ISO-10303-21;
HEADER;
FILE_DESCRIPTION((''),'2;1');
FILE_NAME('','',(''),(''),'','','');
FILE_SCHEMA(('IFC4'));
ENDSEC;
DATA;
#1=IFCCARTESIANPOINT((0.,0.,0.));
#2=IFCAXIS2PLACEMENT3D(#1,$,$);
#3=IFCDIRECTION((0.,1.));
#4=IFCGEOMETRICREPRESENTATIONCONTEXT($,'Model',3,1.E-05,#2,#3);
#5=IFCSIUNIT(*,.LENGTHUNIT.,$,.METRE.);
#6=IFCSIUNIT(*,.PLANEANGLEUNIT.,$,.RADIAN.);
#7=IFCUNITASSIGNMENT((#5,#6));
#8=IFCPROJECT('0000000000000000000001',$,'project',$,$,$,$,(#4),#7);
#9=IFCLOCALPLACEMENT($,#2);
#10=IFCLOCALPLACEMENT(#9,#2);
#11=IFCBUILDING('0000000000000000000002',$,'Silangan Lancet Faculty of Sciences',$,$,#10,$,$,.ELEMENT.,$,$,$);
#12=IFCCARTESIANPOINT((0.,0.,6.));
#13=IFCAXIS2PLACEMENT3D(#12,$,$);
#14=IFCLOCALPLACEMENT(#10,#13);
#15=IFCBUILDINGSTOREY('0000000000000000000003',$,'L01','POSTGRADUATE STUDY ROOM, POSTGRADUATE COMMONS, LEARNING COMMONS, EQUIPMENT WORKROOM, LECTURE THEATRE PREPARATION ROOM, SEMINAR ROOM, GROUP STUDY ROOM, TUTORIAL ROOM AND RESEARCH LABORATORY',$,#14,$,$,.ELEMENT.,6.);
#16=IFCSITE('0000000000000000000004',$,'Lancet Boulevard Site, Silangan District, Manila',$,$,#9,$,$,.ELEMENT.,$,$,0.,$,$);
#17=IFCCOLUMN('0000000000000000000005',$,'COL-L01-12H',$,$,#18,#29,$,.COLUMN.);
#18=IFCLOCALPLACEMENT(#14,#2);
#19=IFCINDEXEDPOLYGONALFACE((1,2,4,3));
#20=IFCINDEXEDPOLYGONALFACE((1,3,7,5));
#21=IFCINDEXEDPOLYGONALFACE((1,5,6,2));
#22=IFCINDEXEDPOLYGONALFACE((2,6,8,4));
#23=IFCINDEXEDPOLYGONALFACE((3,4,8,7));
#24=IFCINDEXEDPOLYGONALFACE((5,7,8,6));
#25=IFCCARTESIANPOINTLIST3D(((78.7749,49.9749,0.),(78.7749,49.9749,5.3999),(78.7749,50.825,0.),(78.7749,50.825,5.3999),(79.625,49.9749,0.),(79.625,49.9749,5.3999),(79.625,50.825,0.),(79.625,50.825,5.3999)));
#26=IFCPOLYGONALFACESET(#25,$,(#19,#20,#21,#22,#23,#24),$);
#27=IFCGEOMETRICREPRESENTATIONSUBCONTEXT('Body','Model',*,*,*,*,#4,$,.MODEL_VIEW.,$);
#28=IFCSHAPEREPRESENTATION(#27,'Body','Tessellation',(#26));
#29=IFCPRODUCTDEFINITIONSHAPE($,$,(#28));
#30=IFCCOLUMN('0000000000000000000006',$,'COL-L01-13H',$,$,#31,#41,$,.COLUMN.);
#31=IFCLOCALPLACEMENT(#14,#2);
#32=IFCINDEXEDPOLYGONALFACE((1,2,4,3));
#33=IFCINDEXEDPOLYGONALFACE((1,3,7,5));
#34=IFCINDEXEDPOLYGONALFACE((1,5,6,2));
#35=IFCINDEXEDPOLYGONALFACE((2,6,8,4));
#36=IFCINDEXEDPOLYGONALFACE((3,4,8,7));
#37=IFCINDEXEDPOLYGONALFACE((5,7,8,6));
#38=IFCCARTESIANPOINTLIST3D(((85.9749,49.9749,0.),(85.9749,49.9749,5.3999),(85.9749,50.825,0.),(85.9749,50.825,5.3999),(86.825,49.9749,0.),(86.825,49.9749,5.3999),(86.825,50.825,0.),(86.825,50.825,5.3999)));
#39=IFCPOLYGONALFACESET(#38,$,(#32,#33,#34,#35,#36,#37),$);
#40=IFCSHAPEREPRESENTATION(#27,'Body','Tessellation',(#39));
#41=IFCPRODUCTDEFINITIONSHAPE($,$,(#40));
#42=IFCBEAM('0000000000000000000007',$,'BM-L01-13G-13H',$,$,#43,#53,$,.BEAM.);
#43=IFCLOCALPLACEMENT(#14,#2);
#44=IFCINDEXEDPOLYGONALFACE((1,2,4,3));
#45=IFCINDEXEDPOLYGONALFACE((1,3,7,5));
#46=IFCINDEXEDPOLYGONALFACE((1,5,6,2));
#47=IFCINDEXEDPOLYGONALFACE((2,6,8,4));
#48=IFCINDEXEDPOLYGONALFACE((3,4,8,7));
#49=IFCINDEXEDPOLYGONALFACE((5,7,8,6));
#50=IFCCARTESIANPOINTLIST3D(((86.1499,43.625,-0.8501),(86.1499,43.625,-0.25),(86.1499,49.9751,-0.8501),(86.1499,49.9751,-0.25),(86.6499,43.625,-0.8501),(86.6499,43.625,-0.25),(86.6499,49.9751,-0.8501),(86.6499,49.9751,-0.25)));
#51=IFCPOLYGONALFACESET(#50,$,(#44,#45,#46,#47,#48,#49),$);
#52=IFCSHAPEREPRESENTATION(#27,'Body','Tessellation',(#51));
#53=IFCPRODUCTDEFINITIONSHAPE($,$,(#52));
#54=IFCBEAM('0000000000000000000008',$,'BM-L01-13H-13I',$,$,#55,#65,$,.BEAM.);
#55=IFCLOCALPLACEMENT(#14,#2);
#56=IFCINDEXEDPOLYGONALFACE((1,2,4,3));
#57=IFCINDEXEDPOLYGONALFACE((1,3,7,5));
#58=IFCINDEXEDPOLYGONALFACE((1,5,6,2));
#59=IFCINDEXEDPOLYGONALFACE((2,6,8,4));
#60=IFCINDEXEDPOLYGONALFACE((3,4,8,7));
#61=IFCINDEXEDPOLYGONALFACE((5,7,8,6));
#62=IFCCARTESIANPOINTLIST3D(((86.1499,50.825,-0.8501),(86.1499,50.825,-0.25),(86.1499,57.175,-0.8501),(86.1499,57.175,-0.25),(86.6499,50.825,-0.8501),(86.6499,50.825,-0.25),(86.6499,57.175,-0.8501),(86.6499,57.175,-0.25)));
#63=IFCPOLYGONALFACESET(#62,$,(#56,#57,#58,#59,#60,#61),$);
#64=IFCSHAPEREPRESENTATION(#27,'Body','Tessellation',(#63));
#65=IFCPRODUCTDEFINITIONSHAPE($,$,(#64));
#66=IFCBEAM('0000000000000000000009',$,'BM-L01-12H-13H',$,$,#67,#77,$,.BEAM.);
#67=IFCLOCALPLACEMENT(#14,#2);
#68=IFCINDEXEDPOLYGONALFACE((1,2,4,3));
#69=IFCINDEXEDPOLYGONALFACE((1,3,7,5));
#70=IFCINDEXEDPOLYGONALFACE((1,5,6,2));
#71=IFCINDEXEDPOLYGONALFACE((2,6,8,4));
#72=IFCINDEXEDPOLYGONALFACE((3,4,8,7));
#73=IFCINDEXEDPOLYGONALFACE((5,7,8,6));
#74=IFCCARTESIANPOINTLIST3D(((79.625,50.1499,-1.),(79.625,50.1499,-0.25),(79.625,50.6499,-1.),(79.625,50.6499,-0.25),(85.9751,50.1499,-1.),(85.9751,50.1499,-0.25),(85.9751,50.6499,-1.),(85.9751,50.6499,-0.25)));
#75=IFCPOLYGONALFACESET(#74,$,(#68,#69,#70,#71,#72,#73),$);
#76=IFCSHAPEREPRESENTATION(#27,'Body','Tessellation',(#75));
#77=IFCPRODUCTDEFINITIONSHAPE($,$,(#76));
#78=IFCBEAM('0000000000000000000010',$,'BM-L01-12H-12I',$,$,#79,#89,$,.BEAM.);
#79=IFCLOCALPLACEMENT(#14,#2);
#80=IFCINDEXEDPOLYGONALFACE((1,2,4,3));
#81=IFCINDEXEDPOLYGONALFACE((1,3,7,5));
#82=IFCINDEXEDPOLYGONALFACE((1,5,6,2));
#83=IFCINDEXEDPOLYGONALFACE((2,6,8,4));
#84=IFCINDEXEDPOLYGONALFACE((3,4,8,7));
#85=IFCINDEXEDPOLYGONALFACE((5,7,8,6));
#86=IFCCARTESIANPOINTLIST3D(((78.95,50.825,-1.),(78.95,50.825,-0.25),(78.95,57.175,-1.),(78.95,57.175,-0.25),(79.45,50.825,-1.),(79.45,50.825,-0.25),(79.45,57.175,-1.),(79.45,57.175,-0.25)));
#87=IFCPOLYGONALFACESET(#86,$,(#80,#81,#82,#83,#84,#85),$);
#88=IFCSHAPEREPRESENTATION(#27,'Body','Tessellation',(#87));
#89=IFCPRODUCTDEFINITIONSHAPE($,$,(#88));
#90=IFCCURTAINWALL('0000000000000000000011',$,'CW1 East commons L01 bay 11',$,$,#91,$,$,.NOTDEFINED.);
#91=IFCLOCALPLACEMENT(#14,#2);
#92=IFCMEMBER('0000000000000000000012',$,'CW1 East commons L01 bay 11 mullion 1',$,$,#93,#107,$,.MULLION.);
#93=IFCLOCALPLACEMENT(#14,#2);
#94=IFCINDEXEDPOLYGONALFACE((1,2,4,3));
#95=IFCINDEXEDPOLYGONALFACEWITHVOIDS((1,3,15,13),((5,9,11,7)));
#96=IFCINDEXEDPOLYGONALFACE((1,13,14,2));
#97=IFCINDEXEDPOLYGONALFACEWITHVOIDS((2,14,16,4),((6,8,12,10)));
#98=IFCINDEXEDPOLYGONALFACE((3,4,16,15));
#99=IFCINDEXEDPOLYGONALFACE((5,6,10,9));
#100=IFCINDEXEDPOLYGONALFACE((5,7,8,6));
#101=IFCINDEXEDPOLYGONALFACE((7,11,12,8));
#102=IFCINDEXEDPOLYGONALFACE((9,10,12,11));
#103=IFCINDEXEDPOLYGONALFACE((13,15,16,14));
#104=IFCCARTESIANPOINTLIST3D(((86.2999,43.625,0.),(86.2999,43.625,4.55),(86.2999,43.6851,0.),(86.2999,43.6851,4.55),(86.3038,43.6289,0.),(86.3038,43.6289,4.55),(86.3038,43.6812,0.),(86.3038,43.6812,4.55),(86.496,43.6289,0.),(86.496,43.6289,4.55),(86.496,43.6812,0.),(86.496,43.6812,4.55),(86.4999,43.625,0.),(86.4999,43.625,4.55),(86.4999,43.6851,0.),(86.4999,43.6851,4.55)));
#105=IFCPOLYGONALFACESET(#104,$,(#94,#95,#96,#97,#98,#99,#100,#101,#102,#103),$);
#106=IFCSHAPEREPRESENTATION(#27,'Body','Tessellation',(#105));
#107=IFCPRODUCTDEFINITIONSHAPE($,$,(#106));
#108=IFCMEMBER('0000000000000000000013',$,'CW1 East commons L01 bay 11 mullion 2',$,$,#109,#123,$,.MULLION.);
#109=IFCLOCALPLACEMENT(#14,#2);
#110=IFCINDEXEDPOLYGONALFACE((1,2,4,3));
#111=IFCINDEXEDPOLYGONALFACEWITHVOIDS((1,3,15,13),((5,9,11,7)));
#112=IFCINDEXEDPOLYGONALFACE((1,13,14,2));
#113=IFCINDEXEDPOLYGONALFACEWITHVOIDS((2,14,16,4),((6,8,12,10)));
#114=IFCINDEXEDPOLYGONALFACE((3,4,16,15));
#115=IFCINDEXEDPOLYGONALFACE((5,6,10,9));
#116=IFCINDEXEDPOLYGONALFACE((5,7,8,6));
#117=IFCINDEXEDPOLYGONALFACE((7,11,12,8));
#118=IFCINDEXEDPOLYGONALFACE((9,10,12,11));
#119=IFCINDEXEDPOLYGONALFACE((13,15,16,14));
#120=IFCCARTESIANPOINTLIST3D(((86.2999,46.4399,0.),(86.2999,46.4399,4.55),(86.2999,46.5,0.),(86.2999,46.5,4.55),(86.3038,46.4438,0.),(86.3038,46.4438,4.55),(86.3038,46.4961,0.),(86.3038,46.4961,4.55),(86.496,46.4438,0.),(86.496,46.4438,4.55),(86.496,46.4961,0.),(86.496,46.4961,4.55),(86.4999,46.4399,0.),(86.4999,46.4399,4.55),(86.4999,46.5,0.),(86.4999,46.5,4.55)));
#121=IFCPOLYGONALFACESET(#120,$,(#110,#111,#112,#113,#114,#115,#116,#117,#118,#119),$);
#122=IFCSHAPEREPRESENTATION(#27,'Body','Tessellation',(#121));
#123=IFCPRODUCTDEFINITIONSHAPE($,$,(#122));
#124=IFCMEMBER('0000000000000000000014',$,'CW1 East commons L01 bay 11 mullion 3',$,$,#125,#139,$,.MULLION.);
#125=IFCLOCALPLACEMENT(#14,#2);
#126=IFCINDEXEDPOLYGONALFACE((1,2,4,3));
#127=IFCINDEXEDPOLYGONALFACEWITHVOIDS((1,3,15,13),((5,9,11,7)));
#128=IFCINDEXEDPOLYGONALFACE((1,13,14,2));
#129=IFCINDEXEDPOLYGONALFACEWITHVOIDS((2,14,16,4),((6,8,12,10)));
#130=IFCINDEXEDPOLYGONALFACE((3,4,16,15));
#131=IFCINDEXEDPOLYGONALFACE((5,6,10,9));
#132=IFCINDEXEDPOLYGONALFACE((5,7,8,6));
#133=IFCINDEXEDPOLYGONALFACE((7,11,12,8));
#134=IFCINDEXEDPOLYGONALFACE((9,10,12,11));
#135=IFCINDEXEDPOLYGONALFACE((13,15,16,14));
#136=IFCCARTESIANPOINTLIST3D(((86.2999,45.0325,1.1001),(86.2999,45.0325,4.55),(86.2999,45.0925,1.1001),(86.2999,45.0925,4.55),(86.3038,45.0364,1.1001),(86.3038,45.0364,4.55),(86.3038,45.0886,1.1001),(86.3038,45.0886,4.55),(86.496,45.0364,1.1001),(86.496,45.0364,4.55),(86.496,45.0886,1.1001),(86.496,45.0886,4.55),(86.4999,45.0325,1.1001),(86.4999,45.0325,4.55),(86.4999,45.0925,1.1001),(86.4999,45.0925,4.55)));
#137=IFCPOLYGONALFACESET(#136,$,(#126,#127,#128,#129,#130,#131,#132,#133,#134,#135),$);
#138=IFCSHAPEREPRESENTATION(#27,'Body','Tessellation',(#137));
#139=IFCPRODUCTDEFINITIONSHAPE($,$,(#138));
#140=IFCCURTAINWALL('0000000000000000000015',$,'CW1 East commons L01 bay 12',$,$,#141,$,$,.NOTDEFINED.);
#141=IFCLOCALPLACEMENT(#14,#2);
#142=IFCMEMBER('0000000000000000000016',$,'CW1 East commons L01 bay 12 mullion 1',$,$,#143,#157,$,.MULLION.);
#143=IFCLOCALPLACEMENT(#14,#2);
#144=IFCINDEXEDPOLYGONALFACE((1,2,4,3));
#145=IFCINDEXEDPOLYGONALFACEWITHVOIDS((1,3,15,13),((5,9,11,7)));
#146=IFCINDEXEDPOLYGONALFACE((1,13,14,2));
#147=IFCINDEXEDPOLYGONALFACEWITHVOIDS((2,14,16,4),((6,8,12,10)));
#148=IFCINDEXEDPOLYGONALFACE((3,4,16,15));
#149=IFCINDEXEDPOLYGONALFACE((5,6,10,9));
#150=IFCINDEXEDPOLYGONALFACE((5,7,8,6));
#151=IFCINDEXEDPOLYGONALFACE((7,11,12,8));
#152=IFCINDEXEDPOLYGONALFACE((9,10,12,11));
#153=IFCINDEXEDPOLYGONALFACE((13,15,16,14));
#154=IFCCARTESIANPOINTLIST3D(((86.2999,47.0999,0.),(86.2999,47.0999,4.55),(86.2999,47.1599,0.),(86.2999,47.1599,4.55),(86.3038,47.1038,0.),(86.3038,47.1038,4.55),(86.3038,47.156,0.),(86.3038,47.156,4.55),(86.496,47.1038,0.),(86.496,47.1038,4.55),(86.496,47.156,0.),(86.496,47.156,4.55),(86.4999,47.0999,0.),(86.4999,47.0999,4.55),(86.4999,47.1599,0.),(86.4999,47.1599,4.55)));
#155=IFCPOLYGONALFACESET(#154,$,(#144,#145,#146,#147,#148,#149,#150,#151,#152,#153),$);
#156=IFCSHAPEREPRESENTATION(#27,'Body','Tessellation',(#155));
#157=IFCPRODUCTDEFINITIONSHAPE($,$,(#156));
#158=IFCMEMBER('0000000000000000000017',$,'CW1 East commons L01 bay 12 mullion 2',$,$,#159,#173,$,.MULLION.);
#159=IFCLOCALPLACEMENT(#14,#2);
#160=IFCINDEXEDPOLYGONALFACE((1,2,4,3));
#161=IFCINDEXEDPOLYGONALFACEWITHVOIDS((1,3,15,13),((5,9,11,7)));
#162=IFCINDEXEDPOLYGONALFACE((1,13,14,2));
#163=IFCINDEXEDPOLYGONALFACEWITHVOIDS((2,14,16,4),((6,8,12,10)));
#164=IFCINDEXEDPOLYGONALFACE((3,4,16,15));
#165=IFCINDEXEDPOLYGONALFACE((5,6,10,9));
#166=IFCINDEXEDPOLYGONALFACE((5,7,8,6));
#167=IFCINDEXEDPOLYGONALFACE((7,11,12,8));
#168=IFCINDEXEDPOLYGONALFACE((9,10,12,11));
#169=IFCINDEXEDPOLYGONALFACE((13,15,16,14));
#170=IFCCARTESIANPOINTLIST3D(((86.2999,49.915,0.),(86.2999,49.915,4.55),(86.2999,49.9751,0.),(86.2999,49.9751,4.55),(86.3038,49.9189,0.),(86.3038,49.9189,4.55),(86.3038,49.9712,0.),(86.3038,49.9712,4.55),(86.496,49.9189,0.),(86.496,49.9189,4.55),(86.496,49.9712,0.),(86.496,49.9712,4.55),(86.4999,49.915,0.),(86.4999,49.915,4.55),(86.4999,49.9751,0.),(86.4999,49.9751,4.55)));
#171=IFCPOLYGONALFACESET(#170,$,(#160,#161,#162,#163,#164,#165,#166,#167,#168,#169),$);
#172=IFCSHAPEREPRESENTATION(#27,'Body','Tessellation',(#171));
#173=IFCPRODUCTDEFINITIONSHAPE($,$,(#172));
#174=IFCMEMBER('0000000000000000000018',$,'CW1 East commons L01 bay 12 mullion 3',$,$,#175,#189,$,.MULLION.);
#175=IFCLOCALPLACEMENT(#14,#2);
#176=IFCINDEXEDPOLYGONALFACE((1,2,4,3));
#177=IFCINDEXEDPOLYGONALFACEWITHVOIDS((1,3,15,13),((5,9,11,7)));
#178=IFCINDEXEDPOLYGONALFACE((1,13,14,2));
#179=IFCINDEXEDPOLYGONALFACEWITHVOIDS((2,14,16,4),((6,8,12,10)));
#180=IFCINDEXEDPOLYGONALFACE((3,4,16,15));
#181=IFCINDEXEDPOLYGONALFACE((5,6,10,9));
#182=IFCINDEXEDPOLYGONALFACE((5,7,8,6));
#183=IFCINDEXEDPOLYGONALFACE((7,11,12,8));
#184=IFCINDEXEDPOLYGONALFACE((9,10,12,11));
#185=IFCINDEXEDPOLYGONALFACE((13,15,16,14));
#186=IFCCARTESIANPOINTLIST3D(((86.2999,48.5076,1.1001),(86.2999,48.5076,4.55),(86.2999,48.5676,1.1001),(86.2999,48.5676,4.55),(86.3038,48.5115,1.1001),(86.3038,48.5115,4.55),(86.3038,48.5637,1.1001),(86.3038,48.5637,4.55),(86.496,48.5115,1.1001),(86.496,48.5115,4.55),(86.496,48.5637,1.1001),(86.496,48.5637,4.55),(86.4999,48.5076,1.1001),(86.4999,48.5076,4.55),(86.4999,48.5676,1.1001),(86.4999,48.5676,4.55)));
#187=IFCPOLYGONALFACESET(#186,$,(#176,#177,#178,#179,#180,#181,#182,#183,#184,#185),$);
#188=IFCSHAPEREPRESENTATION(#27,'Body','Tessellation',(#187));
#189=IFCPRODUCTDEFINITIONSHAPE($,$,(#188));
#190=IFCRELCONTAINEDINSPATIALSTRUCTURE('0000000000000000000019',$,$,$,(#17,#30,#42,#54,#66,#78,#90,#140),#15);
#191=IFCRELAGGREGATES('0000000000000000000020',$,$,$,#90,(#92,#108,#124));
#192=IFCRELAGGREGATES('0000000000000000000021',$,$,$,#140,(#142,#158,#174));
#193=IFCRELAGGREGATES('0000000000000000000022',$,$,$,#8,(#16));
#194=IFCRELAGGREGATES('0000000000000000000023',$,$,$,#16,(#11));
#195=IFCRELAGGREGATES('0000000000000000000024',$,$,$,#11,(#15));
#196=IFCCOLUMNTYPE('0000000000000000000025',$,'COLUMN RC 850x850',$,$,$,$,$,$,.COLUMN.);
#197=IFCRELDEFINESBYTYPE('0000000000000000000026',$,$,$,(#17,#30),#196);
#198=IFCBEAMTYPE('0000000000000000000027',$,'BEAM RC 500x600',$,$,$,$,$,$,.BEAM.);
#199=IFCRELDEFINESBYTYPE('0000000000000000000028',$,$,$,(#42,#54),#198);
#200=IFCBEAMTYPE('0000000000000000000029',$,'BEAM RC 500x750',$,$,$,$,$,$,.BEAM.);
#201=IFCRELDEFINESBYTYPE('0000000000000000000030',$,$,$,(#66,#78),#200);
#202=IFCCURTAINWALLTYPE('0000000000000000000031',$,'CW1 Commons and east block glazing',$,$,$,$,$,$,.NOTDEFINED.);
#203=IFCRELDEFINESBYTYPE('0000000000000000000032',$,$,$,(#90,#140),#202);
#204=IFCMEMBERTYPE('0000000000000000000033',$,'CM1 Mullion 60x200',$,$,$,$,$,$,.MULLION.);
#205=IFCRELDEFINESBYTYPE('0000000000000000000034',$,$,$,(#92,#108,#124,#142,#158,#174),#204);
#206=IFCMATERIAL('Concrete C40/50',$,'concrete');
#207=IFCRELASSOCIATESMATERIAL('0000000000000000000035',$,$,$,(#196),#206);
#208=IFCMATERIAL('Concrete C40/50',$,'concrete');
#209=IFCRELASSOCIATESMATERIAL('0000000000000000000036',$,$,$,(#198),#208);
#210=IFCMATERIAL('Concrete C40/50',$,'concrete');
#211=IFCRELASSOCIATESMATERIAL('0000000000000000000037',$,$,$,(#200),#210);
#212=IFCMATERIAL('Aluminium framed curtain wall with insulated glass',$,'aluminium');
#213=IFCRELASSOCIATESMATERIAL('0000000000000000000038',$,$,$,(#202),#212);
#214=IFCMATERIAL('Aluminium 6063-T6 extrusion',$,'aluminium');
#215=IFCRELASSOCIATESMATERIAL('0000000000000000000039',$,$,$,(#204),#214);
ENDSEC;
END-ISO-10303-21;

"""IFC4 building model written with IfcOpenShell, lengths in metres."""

from ifc_helpers import new_model, si_unit, direction, frame, origin, origin_2d, place, context, subcontext, project, spatial, rectangle, hollow_rectangle, extrude, material, material_profile, profile_set, type_object, element, aggregate, save


model = new_model("IFC4")

# Units and contexts
model_context = context("Model", 3, precision=1e-05, world=origin(), true_north=direction((0.0, 1.0)))
body_context = subcontext(model_context, "Body", "Model", "MODEL_VIEW")
ifc_project = project(units=[si_unit("LENGTHUNIT", "METRE"), si_unit("PLANEANGLEUNIT", "RADIAN")], contexts=[model_context])

# Site, building, storey
site_placement = place(None, origin())
site = spatial("IfcSite", under=ifc_project, at=site_placement, Name="Lancet Boulevard Site, Silangan District, Manila", CompositionType="ELEMENT", RefElevation=0.0)
building_placement = place(site_placement, origin())
building = spatial("IfcBuilding", under=site, at=building_placement, Name="Silangan Lancet Faculty of Sciences", CompositionType="ELEMENT")
storey_placement = place(building_placement, frame((0.0, 0.0, 6.0)))
storey = spatial("IfcBuildingStorey", under=building, at=storey_placement, Name="L01", Description="POSTGRADUATE STUDY ROOM, POSTGRADUATE COMMONS, LEARNING COMMONS, EQUIPMENT WORKROOM, LECTURE THEATRE PREPARATION ROOM, SEMINAR ROOM, GROUP STUDY ROOM, TUTORIAL ROOM AND RESEARCH LABORATORY", CompositionType="ELEMENT", Elevation=6.0)

# Columns
ifc_material_1 = material(Name="Concrete C40/50", Category="concrete")
ifc_material_profile_1 = material_profile(ifc_material_1, rectangle(XDim=0.8501, YDim=0.8501, at=origin_2d()), Name="RC 850x850")
ifc_profile_set_1 = profile_set([ifc_material_profile_1], Name="Concrete C40/50")
column_type = type_object("IfcColumnType", Name="COLUMN RC 850x850", PredefinedType="COLUMN", material=ifc_profile_set_1)
for number, where, z_axis, x_axis, name in (
    (1, (79.2, 50.3999, 0.0), (0.0, 0.0, 1.0), (1.0, 0.0, 0.0), "COL-L01-12H"),
    (2, (86.3999, 50.3999, 0.0), (0.0, 0.0, 1.0), (1.0, 0.0, 0.0), "COL-L01-13H"),
):
    element("IfcColumn", number, at=place(storey_placement, frame(where, z_axis=z_axis, x_axis=x_axis)), inside=storey, type_object=column_type, Name=name, PredefinedType="COLUMN", context=body_context, shape_type="SweptSolid", body=[
        extrude(rectangle(XDim=0.8501, YDim=0.8501, at=origin_2d()), origin(), (0.0, 0.0, 1.0), 5.3999),
    ])

# Beams
ifc_material_2 = material(Name="Concrete C40/50", Category="concrete")
ifc_material_profile_2 = material_profile(ifc_material_2, rectangle(XDim=0.5, YDim=0.6001, at=origin_2d()), Name="RC 500x600")
ifc_profile_set_2 = profile_set([ifc_material_profile_2], Name="Concrete C40/50")
beam_type_1 = type_object("IfcBeamType", Name="BEAM RC 500x600", PredefinedType="BEAM", material=ifc_profile_set_2)
for number, where, z_axis, x_axis, name in (
    (3, (86.3999, 43.625, -0.55), (0.0, 1.0, 0.0), (-1.0, 0.0, 0.0), "BM-L01-13G-13H"),
    (4, (86.3999, 50.825, -0.55), (0.0, 1.0, 0.0), (-1.0, 0.0, 0.0), "BM-L01-13H-13I"),
):
    element("IfcBeam", number, at=place(storey_placement, frame(where, z_axis=z_axis, x_axis=x_axis)), inside=storey, type_object=beam_type_1, Name=name, PredefinedType="BEAM", context=body_context, shape_type="SweptSolid", body=[
        extrude(rectangle(XDim=0.5, YDim=0.6001, at=origin_2d()), origin(), (0.0, 0.0, 1.0), 6.3501),
    ])
ifc_material_3 = material(Name="Concrete C40/50", Category="concrete")
ifc_material_profile_3 = material_profile(ifc_material_3, rectangle(XDim=0.5, YDim=0.75, at=origin_2d()), Name="RC 500x750")
ifc_profile_set_3 = profile_set([ifc_material_profile_3], Name="Concrete C40/50")
beam_type_2 = type_object("IfcBeamType", Name="BEAM RC 500x750", PredefinedType="BEAM", material=ifc_profile_set_3)
for number, where, z_axis, x_axis, name in (
    (5, (79.625, 50.3999, -0.625), (1.0, 0.0, 0.0), (0.0, 1.0, 0.0), "BM-L01-12H-13H"),
    (6, (79.2, 50.825, -0.625), (0.0, 1.0, 0.0), (-1.0, 0.0, 0.0), "BM-L01-12H-12I"),
):
    element("IfcBeam", number, at=place(storey_placement, frame(where, z_axis=z_axis, x_axis=x_axis)), inside=storey, type_object=beam_type_2, Name=name, PredefinedType="BEAM", context=body_context, shape_type="SweptSolid", body=[
        extrude(rectangle(XDim=0.5, YDim=0.75, at=origin_2d()), origin(), (0.0, 0.0, 1.0), 6.3501),
    ])

# Curtain walls, members
ifc_material_4 = material(Name="Aluminium framed curtain wall with insulated glass", Category="aluminium")
curtain_wall_type = type_object("IfcCurtainWallType", Name="CW1 Commons and east block glazing", PredefinedType="NOTDEFINED", material=ifc_material_4)
curtain_wall_1_placement = place(storey_placement, origin())
curtain_wall_1 = element("IfcCurtainWall", 7, at=curtain_wall_1_placement, inside=storey, type_object=curtain_wall_type, Name="CW1 East commons L01 bay 11", PredefinedType="NOTDEFINED")
ifc_material_5 = material(Name="Aluminium 6063-T6 extrusion", Category="aluminium")
ifc_material_profile_4 = material_profile(ifc_material_5, hollow_rectangle(XDim=0.0601, YDim=0.2, WallThickness=0.0039, at=origin_2d()), Name="AL BOX 60x200x4")
ifc_profile_set_4 = profile_set([ifc_material_profile_4], Name="Aluminium 6063-T6 extrusion")
member_type_1 = type_object("IfcMemberType", Name="CM1 Mullion 60x200", PredefinedType="MULLION", material=ifc_profile_set_4)
member_1_placement = place(storey_placement, frame((86.3999, 43.655, 0.0), z_axis=(0.0, 0.0, 1.0), x_axis=(0.0, 1.0, 0.0)))
member_1 = element("IfcMember", 8, at=member_1_placement, type_object=member_type_1, Name="CW1 East commons L01 bay 11 mullion 1", PredefinedType="MULLION", context=body_context, shape_type="SweptSolid", body=[
    extrude(hollow_rectangle(XDim=0.0601, YDim=0.2, WallThickness=0.0039, at=origin_2d()), origin(), (0.0, 0.0, 1.0), 4.55),
])
member_2_placement = place(storey_placement, frame((86.3999, 46.47, 0.0), z_axis=(0.0, 0.0, 1.0), x_axis=(0.0, 1.0, 0.0)))
member_2 = element("IfcMember", 9, at=member_2_placement, type_object=member_type_1, Name="CW1 East commons L01 bay 11 mullion 2", PredefinedType="MULLION", context=body_context, shape_type="SweptSolid", body=[
    extrude(hollow_rectangle(XDim=0.0601, YDim=0.2, WallThickness=0.0039, at=origin_2d()), origin(), (0.0, 0.0, 1.0), 4.55),
])
member_3_placement = place(storey_placement, frame((86.3999, 45.0625, 1.1001), z_axis=(0.0, 0.0, 1.0), x_axis=(0.0, 1.0, 0.0)))
member_3 = element("IfcMember", 10, at=member_3_placement, type_object=member_type_1, Name="CW1 East commons L01 bay 11 mullion 3", PredefinedType="MULLION", context=body_context, shape_type="SweptSolid", body=[
    extrude(hollow_rectangle(XDim=0.0601, YDim=0.2, WallThickness=0.0039, at=origin_2d()), origin(), (0.0, 0.0, 1.0), 3.45),
])
curtain_wall_2_placement = place(storey_placement, origin())
curtain_wall_2 = element("IfcCurtainWall", 11, at=curtain_wall_2_placement, inside=storey, type_object=curtain_wall_type, Name="CW1 East commons L01 bay 12", PredefinedType="NOTDEFINED")
member_4_placement = place(storey_placement, frame((86.3999, 47.1299, 0.0), z_axis=(0.0, 0.0, 1.0), x_axis=(0.0, 1.0, 0.0)))
member_4 = element("IfcMember", 12, at=member_4_placement, type_object=member_type_1, Name="CW1 East commons L01 bay 12 mullion 1", PredefinedType="MULLION", context=body_context, shape_type="SweptSolid", body=[
    extrude(hollow_rectangle(XDim=0.0601, YDim=0.2, WallThickness=0.0039, at=origin_2d()), origin(), (0.0, 0.0, 1.0), 4.55),
])
member_5_placement = place(storey_placement, frame((86.3999, 49.9451, 0.0), z_axis=(0.0, 0.0, 1.0), x_axis=(0.0, 1.0, 0.0)))
member_5 = element("IfcMember", 13, at=member_5_placement, type_object=member_type_1, Name="CW1 East commons L01 bay 12 mullion 2", PredefinedType="MULLION", context=body_context, shape_type="SweptSolid", body=[
    extrude(hollow_rectangle(XDim=0.0601, YDim=0.2, WallThickness=0.0039, at=origin_2d()), origin(), (0.0, 0.0, 1.0), 4.55),
])
member_6_placement = place(storey_placement, frame((86.3999, 48.5376, 1.1001), z_axis=(0.0, 0.0, 1.0), x_axis=(0.0, 1.0, 0.0)))
member_6 = element("IfcMember", 14, at=member_6_placement, type_object=member_type_1, Name="CW1 East commons L01 bay 12 mullion 3", PredefinedType="MULLION", context=body_context, shape_type="SweptSolid", body=[
    extrude(hollow_rectangle(XDim=0.0601, YDim=0.2, WallThickness=0.0039, at=origin_2d()), origin(), (0.0, 0.0, 1.0), 3.45),
])

aggregate(curtain_wall_1, [member_1, member_2, member_3])
aggregate(curtain_wall_2, [member_4, member_5, member_6])

save(model, "model.ifc")
